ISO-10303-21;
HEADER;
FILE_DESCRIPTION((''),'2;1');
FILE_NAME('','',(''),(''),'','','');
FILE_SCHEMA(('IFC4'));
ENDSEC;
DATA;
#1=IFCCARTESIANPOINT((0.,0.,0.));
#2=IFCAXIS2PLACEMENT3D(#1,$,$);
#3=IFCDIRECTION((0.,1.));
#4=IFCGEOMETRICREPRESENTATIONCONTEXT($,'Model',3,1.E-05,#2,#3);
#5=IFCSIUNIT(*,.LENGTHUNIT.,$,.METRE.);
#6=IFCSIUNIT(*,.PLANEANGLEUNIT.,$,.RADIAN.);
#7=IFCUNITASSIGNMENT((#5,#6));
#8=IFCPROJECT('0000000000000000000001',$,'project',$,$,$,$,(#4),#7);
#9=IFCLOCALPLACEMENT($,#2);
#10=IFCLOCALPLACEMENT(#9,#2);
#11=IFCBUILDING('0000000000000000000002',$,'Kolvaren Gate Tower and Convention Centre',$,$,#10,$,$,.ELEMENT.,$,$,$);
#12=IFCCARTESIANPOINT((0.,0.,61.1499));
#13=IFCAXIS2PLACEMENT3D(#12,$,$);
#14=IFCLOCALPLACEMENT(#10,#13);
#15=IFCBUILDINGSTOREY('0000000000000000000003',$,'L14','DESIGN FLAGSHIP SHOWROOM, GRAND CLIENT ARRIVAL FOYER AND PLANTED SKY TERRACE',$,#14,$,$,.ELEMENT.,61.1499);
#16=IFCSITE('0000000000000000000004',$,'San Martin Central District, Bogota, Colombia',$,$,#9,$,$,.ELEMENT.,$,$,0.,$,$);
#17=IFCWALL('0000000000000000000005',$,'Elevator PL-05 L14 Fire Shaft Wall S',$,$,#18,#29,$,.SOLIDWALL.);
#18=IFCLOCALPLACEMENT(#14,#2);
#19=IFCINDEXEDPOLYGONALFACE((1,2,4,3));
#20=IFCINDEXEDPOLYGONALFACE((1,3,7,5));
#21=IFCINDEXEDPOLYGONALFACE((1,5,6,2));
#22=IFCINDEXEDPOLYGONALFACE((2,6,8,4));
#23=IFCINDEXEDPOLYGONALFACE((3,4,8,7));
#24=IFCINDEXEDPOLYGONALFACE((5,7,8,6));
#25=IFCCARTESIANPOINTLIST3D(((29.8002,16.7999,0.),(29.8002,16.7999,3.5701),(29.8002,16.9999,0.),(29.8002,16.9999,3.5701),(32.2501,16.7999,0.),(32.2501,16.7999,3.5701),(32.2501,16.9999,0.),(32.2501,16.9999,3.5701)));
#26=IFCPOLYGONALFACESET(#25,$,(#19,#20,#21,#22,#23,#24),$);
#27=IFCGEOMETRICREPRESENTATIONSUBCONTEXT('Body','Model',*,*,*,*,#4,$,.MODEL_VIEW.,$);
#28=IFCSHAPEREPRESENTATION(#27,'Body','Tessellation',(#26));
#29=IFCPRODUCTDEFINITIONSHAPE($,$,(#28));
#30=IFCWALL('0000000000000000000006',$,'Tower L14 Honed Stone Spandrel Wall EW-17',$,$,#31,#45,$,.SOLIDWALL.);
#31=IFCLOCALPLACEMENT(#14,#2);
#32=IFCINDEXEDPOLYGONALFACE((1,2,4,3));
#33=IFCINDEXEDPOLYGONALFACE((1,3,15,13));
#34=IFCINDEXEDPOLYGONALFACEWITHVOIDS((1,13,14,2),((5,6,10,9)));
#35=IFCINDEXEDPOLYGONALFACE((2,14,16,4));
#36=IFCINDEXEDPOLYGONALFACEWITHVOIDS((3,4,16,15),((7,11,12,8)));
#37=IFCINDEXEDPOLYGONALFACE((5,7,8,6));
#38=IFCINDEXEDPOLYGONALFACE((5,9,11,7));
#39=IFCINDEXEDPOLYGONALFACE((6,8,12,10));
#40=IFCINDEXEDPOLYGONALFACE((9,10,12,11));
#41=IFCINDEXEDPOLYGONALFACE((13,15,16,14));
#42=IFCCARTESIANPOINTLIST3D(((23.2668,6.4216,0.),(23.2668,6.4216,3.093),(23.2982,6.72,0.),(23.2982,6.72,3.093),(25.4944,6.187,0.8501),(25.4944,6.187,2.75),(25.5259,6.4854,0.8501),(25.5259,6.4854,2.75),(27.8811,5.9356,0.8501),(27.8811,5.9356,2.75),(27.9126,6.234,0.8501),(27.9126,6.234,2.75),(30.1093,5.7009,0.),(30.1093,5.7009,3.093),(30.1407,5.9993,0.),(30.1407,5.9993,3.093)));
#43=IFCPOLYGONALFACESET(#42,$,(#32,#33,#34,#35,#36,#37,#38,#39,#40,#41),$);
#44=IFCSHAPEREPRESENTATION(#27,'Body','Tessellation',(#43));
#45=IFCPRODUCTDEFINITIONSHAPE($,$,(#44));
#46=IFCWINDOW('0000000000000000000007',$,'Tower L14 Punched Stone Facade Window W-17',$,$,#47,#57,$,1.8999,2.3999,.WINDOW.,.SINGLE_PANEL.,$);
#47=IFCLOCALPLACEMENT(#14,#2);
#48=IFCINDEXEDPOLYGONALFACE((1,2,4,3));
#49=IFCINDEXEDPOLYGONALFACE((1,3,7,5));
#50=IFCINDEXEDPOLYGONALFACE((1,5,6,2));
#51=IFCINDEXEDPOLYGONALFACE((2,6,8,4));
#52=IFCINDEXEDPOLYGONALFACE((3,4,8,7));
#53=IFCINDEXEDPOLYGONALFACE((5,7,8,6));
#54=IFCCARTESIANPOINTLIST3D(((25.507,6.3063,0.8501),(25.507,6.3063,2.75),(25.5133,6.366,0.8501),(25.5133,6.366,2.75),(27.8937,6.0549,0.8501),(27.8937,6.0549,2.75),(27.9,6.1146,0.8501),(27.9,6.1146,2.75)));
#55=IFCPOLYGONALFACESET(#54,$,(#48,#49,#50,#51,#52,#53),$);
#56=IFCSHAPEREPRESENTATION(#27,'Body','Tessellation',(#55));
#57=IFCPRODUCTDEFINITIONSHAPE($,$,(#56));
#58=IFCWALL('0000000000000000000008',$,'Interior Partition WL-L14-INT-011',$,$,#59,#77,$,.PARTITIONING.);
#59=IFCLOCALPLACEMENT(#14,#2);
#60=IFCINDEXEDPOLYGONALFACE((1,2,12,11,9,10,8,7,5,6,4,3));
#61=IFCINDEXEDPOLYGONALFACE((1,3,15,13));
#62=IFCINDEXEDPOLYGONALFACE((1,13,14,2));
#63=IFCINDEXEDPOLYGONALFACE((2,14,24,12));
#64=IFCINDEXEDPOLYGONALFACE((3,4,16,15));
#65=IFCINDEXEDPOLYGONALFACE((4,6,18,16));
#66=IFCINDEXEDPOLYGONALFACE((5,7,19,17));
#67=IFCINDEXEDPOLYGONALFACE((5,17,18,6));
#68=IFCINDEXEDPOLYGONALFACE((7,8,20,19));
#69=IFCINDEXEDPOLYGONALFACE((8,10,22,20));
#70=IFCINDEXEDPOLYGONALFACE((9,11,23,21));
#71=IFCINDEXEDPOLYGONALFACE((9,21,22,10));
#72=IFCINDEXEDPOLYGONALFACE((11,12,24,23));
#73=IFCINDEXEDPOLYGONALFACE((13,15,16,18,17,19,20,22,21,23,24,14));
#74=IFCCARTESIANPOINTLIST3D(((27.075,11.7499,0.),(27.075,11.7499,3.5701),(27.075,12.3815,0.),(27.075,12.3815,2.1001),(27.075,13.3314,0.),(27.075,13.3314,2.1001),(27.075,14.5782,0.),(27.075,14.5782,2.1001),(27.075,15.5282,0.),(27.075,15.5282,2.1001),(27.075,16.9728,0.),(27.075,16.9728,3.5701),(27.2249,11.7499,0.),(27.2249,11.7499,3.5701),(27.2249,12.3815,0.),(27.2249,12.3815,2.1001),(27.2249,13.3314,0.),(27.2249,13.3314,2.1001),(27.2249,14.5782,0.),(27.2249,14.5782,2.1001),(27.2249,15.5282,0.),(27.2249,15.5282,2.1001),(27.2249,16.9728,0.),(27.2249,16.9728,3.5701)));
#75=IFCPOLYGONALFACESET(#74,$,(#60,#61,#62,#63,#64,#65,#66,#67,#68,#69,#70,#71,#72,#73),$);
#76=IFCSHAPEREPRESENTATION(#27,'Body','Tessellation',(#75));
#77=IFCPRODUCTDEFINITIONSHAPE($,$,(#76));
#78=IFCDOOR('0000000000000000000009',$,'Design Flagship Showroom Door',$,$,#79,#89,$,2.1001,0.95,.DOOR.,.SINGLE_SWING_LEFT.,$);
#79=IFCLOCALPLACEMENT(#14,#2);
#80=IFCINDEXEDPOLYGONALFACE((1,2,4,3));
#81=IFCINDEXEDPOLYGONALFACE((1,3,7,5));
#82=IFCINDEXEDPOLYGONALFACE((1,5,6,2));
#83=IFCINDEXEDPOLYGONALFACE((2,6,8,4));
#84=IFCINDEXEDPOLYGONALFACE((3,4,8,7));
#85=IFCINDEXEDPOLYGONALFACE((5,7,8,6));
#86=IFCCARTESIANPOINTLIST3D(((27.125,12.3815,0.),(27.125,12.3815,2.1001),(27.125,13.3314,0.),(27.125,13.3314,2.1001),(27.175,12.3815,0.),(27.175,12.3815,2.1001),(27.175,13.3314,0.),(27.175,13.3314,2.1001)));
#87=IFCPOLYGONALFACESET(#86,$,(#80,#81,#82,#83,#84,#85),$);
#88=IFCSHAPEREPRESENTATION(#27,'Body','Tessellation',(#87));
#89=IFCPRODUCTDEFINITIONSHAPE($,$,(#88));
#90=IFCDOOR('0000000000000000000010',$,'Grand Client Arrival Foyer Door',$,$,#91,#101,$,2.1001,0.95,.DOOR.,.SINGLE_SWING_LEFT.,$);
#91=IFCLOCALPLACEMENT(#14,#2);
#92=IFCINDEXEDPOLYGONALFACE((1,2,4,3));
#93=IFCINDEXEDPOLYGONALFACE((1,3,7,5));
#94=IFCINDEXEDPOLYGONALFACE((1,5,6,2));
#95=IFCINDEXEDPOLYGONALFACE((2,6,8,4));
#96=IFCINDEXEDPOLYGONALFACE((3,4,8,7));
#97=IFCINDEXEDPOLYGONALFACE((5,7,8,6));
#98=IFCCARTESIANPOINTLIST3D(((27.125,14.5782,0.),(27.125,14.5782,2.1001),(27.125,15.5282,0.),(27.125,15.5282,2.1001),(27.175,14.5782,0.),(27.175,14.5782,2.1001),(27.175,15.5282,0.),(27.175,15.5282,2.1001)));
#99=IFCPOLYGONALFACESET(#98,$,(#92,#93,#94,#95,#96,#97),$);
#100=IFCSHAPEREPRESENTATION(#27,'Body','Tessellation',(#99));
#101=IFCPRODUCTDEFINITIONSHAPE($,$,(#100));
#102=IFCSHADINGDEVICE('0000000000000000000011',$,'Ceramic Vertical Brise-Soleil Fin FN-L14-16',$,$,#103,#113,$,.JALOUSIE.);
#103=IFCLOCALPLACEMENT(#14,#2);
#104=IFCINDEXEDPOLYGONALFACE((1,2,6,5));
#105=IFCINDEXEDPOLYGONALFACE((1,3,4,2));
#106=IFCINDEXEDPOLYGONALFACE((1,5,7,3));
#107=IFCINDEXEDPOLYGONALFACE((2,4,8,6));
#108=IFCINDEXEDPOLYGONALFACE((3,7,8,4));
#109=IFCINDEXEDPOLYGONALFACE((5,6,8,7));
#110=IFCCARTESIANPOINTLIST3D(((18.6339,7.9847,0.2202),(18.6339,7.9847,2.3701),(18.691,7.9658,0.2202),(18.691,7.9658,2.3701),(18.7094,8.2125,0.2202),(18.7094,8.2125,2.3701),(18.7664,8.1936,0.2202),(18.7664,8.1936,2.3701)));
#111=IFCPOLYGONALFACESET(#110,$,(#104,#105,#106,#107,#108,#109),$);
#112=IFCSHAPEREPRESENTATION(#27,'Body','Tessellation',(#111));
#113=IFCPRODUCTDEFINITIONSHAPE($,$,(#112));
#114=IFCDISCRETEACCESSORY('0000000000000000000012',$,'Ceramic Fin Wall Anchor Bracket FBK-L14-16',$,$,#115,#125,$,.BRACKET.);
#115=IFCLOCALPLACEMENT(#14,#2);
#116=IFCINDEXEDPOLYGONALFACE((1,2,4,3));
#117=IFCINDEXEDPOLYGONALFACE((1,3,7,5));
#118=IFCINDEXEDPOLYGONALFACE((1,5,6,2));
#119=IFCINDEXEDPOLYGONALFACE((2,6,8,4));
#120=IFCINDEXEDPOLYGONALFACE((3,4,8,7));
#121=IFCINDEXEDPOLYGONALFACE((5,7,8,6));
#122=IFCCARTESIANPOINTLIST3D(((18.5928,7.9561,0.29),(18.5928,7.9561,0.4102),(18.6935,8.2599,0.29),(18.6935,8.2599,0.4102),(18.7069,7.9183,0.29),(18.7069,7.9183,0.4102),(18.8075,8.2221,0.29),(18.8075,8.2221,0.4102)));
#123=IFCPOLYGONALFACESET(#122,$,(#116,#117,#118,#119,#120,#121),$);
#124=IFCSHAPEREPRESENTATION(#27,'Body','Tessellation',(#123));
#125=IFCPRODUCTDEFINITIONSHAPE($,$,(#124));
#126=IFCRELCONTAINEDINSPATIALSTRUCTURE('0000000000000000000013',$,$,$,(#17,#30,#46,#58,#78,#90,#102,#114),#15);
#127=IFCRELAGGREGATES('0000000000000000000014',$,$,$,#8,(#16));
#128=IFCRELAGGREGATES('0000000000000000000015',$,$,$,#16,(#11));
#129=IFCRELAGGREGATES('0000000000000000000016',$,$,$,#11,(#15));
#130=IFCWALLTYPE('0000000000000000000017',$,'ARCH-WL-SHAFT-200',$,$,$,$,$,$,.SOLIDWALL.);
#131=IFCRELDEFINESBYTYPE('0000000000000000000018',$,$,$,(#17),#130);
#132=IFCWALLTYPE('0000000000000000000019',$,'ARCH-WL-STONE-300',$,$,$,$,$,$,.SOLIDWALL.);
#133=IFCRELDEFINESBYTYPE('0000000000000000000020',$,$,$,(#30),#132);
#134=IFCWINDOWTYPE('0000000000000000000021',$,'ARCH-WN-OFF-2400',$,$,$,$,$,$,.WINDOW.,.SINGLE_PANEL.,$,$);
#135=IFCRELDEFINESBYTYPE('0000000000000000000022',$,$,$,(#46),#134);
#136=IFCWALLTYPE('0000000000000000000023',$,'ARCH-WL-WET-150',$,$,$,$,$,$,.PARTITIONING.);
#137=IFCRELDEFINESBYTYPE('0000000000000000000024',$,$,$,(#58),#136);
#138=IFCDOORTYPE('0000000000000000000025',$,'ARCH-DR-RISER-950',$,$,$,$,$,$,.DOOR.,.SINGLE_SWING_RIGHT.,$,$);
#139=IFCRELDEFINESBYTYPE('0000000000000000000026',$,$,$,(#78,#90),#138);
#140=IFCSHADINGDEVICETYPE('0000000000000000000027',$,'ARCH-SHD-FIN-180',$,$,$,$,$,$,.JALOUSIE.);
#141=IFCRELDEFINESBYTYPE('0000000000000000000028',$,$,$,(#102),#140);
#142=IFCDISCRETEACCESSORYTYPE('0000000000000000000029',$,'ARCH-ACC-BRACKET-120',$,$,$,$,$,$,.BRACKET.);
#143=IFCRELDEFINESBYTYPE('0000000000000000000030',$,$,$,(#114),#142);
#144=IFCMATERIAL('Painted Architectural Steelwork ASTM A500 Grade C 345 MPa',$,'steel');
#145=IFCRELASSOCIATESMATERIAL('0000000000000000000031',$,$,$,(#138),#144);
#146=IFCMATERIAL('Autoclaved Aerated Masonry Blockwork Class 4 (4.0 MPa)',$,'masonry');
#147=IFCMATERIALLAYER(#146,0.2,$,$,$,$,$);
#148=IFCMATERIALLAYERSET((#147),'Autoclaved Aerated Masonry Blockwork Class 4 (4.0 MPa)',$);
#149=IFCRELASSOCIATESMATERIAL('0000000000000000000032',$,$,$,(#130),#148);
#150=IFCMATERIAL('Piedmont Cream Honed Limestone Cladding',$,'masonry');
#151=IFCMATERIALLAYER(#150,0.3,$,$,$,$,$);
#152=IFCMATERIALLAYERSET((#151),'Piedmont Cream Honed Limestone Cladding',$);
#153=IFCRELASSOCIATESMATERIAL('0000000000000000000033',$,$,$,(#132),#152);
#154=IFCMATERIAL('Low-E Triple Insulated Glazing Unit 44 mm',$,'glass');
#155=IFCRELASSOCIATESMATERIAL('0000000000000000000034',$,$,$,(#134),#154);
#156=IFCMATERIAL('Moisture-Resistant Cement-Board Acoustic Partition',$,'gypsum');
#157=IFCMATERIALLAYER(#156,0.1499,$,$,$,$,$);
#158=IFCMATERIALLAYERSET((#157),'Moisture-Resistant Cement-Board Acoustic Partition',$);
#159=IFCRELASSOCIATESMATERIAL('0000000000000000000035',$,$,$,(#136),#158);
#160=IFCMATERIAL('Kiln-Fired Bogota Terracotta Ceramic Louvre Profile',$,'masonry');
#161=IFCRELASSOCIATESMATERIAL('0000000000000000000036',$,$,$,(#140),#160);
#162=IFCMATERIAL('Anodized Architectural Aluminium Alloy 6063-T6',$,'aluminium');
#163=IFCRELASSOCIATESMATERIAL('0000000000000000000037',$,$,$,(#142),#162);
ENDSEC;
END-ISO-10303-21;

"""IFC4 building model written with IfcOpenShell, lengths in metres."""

from ifc_helpers import new_model, si_unit, direction, frame, frame_2d, origin, origin_2d, place, context, subcontext, project, spatial, rectangle, extrude, material, layer, layer_set, type_object, element, fill, save


model = new_model("IFC4")

# Units and contexts
model_context = context("Model", 3, precision=1e-05, world=origin(), true_north=direction((0.0, 1.0)))
body_context = subcontext(model_context, "Body", "Model", "MODEL_VIEW")
ifc_project = project(units=[si_unit("LENGTHUNIT", "METRE"), si_unit("PLANEANGLEUNIT", "RADIAN")], contexts=[model_context])

# Site, building, storey
site_placement = place(None, origin())
site = spatial("IfcSite", under=ifc_project, at=site_placement, Name="San Martin Central District, Bogota, Colombia", CompositionType="ELEMENT", RefElevation=0.0)
building_placement = place(site_placement, origin())
building = spatial("IfcBuilding", under=site, at=building_placement, Name="Kolvaren Gate Tower and Convention Centre", CompositionType="ELEMENT")
storey_placement = place(building_placement, frame((0.0, 0.0, 61.1499)))
storey = spatial("IfcBuildingStorey", under=building, at=storey_placement, Name="L14", Description="DESIGN FLAGSHIP SHOWROOM, GRAND CLIENT ARRIVAL FOYER AND PLANTED SKY TERRACE", CompositionType="ELEMENT", Elevation=61.1499)

# Shared definitions
ifc_material_1 = material(Name="Painted Architectural Steelwork ASTM A500 Grade C 345 MPa", Category="steel")
door_type_1 = type_object("IfcDoorType", Name="ARCH-DR-RISER-950", OperationType="SINGLE_SWING_RIGHT", PredefinedType="DOOR", material=ifc_material_1)

# Shared definitions
ifc_material_2 = material(Name="Piedmont Cream Honed Limestone Cladding", Category="masonry")

# Shared definitions
ifc_material_3 = material(Name="Autoclaved Aerated Masonry Blockwork Class 4 (4.0 MPa)", Category="masonry")
ifc_layer_1 = layer(ifc_material_3, 0.2)
ifc_layer_set_1 = layer_set([ifc_layer_1], Name="Autoclaved Aerated Masonry Blockwork Class 4 (4.0 MPa)")
wall_type_1 = type_object("IfcWallType", Name="ARCH-WL-SHAFT-200", PredefinedType="SOLIDWALL", material=ifc_layer_set_1)

# Wall
wall_1_placement = place(storey_placement, frame((29.8, 16.8999, 0.0), z_axis=(0.0, 0.0, 1.0), x_axis=(1.0, 0.0, 0.0)))
element("IfcWall", 1, at=wall_1_placement, inside=storey, type_object=wall_type_1, Name="Elevator PL-05 L14 Fire Shaft Wall S", PredefinedType="SOLIDWALL", context=body_context, shape_type="SweptSolid", body=[
    extrude(rectangle(XDim=2.45, YDim=0.2, at=frame_2d((1.2251, 0.0))), origin(), (0.0, 0.0, 1.0), 3.5701),
])

# Wall, opening, window
ifc_layer_2 = layer(ifc_material_2, 0.3)
ifc_layer_set_2 = layer_set([ifc_layer_2], Name="Piedmont Cream Honed Limestone Cladding")
wall_type_2 = type_object("IfcWallType", Name="ARCH-WL-STONE-300", PredefinedType="SOLIDWALL", material=ifc_layer_set_2)
wall_2_placement = place(storey_placement, frame((23.2825, 6.5708, 0.0), z_axis=(0.0, 0.0, 1.0), x_axis=(0.994499, -0.104748, 0.0)))
wall_2 = element("IfcWall", 2, at=wall_2_placement, inside=storey, type_object=wall_type_2, Name="Tower L14 Honed Stone Spandrel Wall EW-17", PredefinedType="SOLIDWALL", context=body_context, shape_type="SweptSolid", body=[
    extrude(rectangle(XDim=6.8804, YDim=0.3, at=frame_2d((3.4402, 0.0))), origin(), (0.0, 0.0, 1.0), 3.093),
])
opening_1_placement = place(wall_2_placement, frame((2.24, 0.0, 0.8501)))
opening_1 = element("IfcOpeningElement", 3, at=opening_1_placement, cuts=wall_2, PredefinedType="OPENING", context=body_context, shape_type="SweptSolid", body=[
    extrude(rectangle(XDim=2.3999, YDim=1.8999, at=frame_2d((1.2, 0.95))), frame((0.0, 0.1599, 0.0), z_axis=(0.0, -1.0, 0.0), x_axis=(1.0, 0.0, 0.0)), (0.0, 0.0, 1.0), 0.3201),
])
ifc_material_4 = material(Name="Low-E Triple Insulated Glazing Unit 44 mm", Category="glass")
window_type = type_object("IfcWindowType", Name="ARCH-WN-OFF-2400", PartitioningType="SINGLE_PANEL", PredefinedType="WINDOW", material=ifc_material_4)
window_placement = place(opening_1_placement, origin())
window = element("IfcWindow", 4, at=window_placement, inside=storey, type_object=window_type, Name="Tower L14 Punched Stone Facade Window W-17", OverallHeight=1.8999, OverallWidth=2.3999, PartitioningType="SINGLE_PANEL", PredefinedType="WINDOW", context=body_context, shape_type="SweptSolid", body=[
    extrude(rectangle(XDim=2.3999, YDim=1.8999, at=frame_2d((1.2, 0.95))), frame((0.0, 0.03, 0.0), z_axis=(0.0, -1.0, 0.0), x_axis=(1.0, 0.0, 0.0)), (0.0, 0.0, 1.0), 0.0601),
])
fill(opening_1, window)

# Wall, openings, doors
ifc_material_5 = material(Name="Moisture-Resistant Cement-Board Acoustic Partition", Category="gypsum")
ifc_layer_3 = layer(ifc_material_5, 0.1499)
ifc_layer_set_3 = layer_set([ifc_layer_3], Name="Moisture-Resistant Cement-Board Acoustic Partition")
wall_type_3 = type_object("IfcWallType", Name="ARCH-WL-WET-150", PredefinedType="PARTITIONING", material=ifc_layer_set_3)
wall_3_placement = place(storey_placement, frame((27.1499, 11.75, 0.0), z_axis=(0.0, 0.0, 1.0), x_axis=(0.0, 1.0, 0.0)))
wall_3 = element("IfcWall", 5, at=wall_3_placement, inside=storey, type_object=wall_type_3, Name="Interior Partition WL-L14-INT-011", PredefinedType="PARTITIONING", context=body_context, shape_type="SweptSolid", body=[
    extrude(rectangle(XDim=5.2229, YDim=0.1499, at=frame_2d((2.6113, 0.0))), origin(), (0.0, 0.0, 1.0), 3.5701),
])
opening_2_placement = place(wall_3_placement, frame((0.6313, 0.0, 0.0)))
opening_2 = element("IfcOpeningElement", 6, at=opening_2_placement, cuts=wall_3, PredefinedType="OPENING", context=body_context, shape_type="SweptSolid", body=[
    extrude(rectangle(XDim=0.95, YDim=2.1001, at=frame_2d((0.4751, 1.05))), frame((0.0, 0.085, 0.0), z_axis=(0.0, -1.0, 0.0), x_axis=(1.0, 0.0, 0.0)), (0.0, 0.0, 1.0), 0.1699),
])
opening_3_placement = place(wall_3_placement, frame((2.8281, 0.0, 0.0)))
opening_3 = element("IfcOpeningElement", 7, at=opening_3_placement, cuts=wall_3, PredefinedType="OPENING", context=body_context, shape_type="SweptSolid", body=[
    extrude(rectangle(XDim=0.95, YDim=2.1001, at=frame_2d((0.4751, 1.05))), frame((0.0, 0.085, 0.0), z_axis=(0.0, -1.0, 0.0), x_axis=(1.0, 0.0, 0.0)), (0.0, 0.0, 1.0), 0.1699),
])
door_1_placement = place(opening_2_placement, origin())
door_1 = element("IfcDoor", 8, at=door_1_placement, inside=storey, type_object=door_type_1, Name="Design Flagship Showroom Door", OperationType="SINGLE_SWING_LEFT", OverallHeight=2.1001, OverallWidth=0.95, PredefinedType="DOOR", context=body_context, shape_type="SweptSolid", body=[
    extrude(rectangle(XDim=0.95, YDim=2.1001, at=frame_2d((0.4751, 1.05))), frame((0.0, 0.0249, 0.0), z_axis=(0.0, -1.0, 0.0), x_axis=(1.0, 0.0, 0.0)), (0.0, 0.0, 1.0), 0.05),
])
fill(opening_2, door_1)
door_2_placement = place(opening_3_placement, origin())
door_2 = element("IfcDoor", 9, at=door_2_placement, inside=storey, type_object=door_type_1, Name="Grand Client Arrival Foyer Door", OperationType="SINGLE_SWING_LEFT", OverallHeight=2.1001, OverallWidth=0.95, PredefinedType="DOOR", context=body_context, shape_type="SweptSolid", body=[
    extrude(rectangle(XDim=0.95, YDim=2.1001, at=frame_2d((0.4751, 1.05))), frame((0.0, 0.0249, 0.0), z_axis=(0.0, -1.0, 0.0), x_axis=(1.0, 0.0, 0.0)), (0.0, 0.0, 1.0), 0.05),
])
fill(opening_3, door_2)

# Shading device
ifc_material_6 = material(Name="Kiln-Fired Bogota Terracotta Ceramic Louvre Profile", Category="masonry")
shading_device_type = type_object("IfcShadingDeviceType", Name="ARCH-SHD-FIN-180", PredefinedType="JALOUSIE", material=ifc_material_6)
shading_device_placement = place(storey_placement, frame((18.7002, 8.0891, 0.2202), z_axis=(0.0, 0.0, 1.0), x_axis=(0.949242, -0.314548, 0.0)))
element("IfcShadingDevice", 10, at=shading_device_placement, inside=storey, type_object=shading_device_type, Name="Ceramic Vertical Brise-Soleil Fin FN-L14-16", PredefinedType="JALOUSIE", context=body_context, shape_type="SweptSolid", body=[
    extrude(rectangle(XDim=0.0601, YDim=0.24, at=origin_2d()), origin(), (0.0, 0.0, 1.0), 2.1499),
])

# Discrete accessory
ifc_material_7 = material(Name="Anodized Architectural Aluminium Alloy 6063-T6", Category="aluminium")
discrete_accessory_type = type_object("IfcDiscreteAccessoryType", Name="ARCH-ACC-BRACKET-120", PredefinedType="BRACKET", material=ifc_material_7)
discrete_accessory_placement = place(storey_placement, frame((18.7002, 8.0891, 0.29), z_axis=(0.0, 0.0, 1.0), x_axis=(0.949242, -0.314548, 0.0)))
element("IfcDiscreteAccessory", 11, at=discrete_accessory_placement, inside=storey, type_object=discrete_accessory_type, Name="Ceramic Fin Wall Anchor Bracket FBK-L14-16", PredefinedType="BRACKET", context=body_context, shape_type="SweptSolid", body=[
    extrude(rectangle(XDim=0.1201, YDim=0.3201, at=origin_2d()), origin(), (0.0, 0.0, 1.0), 0.1201),
])

save(model, "model.ifc")
